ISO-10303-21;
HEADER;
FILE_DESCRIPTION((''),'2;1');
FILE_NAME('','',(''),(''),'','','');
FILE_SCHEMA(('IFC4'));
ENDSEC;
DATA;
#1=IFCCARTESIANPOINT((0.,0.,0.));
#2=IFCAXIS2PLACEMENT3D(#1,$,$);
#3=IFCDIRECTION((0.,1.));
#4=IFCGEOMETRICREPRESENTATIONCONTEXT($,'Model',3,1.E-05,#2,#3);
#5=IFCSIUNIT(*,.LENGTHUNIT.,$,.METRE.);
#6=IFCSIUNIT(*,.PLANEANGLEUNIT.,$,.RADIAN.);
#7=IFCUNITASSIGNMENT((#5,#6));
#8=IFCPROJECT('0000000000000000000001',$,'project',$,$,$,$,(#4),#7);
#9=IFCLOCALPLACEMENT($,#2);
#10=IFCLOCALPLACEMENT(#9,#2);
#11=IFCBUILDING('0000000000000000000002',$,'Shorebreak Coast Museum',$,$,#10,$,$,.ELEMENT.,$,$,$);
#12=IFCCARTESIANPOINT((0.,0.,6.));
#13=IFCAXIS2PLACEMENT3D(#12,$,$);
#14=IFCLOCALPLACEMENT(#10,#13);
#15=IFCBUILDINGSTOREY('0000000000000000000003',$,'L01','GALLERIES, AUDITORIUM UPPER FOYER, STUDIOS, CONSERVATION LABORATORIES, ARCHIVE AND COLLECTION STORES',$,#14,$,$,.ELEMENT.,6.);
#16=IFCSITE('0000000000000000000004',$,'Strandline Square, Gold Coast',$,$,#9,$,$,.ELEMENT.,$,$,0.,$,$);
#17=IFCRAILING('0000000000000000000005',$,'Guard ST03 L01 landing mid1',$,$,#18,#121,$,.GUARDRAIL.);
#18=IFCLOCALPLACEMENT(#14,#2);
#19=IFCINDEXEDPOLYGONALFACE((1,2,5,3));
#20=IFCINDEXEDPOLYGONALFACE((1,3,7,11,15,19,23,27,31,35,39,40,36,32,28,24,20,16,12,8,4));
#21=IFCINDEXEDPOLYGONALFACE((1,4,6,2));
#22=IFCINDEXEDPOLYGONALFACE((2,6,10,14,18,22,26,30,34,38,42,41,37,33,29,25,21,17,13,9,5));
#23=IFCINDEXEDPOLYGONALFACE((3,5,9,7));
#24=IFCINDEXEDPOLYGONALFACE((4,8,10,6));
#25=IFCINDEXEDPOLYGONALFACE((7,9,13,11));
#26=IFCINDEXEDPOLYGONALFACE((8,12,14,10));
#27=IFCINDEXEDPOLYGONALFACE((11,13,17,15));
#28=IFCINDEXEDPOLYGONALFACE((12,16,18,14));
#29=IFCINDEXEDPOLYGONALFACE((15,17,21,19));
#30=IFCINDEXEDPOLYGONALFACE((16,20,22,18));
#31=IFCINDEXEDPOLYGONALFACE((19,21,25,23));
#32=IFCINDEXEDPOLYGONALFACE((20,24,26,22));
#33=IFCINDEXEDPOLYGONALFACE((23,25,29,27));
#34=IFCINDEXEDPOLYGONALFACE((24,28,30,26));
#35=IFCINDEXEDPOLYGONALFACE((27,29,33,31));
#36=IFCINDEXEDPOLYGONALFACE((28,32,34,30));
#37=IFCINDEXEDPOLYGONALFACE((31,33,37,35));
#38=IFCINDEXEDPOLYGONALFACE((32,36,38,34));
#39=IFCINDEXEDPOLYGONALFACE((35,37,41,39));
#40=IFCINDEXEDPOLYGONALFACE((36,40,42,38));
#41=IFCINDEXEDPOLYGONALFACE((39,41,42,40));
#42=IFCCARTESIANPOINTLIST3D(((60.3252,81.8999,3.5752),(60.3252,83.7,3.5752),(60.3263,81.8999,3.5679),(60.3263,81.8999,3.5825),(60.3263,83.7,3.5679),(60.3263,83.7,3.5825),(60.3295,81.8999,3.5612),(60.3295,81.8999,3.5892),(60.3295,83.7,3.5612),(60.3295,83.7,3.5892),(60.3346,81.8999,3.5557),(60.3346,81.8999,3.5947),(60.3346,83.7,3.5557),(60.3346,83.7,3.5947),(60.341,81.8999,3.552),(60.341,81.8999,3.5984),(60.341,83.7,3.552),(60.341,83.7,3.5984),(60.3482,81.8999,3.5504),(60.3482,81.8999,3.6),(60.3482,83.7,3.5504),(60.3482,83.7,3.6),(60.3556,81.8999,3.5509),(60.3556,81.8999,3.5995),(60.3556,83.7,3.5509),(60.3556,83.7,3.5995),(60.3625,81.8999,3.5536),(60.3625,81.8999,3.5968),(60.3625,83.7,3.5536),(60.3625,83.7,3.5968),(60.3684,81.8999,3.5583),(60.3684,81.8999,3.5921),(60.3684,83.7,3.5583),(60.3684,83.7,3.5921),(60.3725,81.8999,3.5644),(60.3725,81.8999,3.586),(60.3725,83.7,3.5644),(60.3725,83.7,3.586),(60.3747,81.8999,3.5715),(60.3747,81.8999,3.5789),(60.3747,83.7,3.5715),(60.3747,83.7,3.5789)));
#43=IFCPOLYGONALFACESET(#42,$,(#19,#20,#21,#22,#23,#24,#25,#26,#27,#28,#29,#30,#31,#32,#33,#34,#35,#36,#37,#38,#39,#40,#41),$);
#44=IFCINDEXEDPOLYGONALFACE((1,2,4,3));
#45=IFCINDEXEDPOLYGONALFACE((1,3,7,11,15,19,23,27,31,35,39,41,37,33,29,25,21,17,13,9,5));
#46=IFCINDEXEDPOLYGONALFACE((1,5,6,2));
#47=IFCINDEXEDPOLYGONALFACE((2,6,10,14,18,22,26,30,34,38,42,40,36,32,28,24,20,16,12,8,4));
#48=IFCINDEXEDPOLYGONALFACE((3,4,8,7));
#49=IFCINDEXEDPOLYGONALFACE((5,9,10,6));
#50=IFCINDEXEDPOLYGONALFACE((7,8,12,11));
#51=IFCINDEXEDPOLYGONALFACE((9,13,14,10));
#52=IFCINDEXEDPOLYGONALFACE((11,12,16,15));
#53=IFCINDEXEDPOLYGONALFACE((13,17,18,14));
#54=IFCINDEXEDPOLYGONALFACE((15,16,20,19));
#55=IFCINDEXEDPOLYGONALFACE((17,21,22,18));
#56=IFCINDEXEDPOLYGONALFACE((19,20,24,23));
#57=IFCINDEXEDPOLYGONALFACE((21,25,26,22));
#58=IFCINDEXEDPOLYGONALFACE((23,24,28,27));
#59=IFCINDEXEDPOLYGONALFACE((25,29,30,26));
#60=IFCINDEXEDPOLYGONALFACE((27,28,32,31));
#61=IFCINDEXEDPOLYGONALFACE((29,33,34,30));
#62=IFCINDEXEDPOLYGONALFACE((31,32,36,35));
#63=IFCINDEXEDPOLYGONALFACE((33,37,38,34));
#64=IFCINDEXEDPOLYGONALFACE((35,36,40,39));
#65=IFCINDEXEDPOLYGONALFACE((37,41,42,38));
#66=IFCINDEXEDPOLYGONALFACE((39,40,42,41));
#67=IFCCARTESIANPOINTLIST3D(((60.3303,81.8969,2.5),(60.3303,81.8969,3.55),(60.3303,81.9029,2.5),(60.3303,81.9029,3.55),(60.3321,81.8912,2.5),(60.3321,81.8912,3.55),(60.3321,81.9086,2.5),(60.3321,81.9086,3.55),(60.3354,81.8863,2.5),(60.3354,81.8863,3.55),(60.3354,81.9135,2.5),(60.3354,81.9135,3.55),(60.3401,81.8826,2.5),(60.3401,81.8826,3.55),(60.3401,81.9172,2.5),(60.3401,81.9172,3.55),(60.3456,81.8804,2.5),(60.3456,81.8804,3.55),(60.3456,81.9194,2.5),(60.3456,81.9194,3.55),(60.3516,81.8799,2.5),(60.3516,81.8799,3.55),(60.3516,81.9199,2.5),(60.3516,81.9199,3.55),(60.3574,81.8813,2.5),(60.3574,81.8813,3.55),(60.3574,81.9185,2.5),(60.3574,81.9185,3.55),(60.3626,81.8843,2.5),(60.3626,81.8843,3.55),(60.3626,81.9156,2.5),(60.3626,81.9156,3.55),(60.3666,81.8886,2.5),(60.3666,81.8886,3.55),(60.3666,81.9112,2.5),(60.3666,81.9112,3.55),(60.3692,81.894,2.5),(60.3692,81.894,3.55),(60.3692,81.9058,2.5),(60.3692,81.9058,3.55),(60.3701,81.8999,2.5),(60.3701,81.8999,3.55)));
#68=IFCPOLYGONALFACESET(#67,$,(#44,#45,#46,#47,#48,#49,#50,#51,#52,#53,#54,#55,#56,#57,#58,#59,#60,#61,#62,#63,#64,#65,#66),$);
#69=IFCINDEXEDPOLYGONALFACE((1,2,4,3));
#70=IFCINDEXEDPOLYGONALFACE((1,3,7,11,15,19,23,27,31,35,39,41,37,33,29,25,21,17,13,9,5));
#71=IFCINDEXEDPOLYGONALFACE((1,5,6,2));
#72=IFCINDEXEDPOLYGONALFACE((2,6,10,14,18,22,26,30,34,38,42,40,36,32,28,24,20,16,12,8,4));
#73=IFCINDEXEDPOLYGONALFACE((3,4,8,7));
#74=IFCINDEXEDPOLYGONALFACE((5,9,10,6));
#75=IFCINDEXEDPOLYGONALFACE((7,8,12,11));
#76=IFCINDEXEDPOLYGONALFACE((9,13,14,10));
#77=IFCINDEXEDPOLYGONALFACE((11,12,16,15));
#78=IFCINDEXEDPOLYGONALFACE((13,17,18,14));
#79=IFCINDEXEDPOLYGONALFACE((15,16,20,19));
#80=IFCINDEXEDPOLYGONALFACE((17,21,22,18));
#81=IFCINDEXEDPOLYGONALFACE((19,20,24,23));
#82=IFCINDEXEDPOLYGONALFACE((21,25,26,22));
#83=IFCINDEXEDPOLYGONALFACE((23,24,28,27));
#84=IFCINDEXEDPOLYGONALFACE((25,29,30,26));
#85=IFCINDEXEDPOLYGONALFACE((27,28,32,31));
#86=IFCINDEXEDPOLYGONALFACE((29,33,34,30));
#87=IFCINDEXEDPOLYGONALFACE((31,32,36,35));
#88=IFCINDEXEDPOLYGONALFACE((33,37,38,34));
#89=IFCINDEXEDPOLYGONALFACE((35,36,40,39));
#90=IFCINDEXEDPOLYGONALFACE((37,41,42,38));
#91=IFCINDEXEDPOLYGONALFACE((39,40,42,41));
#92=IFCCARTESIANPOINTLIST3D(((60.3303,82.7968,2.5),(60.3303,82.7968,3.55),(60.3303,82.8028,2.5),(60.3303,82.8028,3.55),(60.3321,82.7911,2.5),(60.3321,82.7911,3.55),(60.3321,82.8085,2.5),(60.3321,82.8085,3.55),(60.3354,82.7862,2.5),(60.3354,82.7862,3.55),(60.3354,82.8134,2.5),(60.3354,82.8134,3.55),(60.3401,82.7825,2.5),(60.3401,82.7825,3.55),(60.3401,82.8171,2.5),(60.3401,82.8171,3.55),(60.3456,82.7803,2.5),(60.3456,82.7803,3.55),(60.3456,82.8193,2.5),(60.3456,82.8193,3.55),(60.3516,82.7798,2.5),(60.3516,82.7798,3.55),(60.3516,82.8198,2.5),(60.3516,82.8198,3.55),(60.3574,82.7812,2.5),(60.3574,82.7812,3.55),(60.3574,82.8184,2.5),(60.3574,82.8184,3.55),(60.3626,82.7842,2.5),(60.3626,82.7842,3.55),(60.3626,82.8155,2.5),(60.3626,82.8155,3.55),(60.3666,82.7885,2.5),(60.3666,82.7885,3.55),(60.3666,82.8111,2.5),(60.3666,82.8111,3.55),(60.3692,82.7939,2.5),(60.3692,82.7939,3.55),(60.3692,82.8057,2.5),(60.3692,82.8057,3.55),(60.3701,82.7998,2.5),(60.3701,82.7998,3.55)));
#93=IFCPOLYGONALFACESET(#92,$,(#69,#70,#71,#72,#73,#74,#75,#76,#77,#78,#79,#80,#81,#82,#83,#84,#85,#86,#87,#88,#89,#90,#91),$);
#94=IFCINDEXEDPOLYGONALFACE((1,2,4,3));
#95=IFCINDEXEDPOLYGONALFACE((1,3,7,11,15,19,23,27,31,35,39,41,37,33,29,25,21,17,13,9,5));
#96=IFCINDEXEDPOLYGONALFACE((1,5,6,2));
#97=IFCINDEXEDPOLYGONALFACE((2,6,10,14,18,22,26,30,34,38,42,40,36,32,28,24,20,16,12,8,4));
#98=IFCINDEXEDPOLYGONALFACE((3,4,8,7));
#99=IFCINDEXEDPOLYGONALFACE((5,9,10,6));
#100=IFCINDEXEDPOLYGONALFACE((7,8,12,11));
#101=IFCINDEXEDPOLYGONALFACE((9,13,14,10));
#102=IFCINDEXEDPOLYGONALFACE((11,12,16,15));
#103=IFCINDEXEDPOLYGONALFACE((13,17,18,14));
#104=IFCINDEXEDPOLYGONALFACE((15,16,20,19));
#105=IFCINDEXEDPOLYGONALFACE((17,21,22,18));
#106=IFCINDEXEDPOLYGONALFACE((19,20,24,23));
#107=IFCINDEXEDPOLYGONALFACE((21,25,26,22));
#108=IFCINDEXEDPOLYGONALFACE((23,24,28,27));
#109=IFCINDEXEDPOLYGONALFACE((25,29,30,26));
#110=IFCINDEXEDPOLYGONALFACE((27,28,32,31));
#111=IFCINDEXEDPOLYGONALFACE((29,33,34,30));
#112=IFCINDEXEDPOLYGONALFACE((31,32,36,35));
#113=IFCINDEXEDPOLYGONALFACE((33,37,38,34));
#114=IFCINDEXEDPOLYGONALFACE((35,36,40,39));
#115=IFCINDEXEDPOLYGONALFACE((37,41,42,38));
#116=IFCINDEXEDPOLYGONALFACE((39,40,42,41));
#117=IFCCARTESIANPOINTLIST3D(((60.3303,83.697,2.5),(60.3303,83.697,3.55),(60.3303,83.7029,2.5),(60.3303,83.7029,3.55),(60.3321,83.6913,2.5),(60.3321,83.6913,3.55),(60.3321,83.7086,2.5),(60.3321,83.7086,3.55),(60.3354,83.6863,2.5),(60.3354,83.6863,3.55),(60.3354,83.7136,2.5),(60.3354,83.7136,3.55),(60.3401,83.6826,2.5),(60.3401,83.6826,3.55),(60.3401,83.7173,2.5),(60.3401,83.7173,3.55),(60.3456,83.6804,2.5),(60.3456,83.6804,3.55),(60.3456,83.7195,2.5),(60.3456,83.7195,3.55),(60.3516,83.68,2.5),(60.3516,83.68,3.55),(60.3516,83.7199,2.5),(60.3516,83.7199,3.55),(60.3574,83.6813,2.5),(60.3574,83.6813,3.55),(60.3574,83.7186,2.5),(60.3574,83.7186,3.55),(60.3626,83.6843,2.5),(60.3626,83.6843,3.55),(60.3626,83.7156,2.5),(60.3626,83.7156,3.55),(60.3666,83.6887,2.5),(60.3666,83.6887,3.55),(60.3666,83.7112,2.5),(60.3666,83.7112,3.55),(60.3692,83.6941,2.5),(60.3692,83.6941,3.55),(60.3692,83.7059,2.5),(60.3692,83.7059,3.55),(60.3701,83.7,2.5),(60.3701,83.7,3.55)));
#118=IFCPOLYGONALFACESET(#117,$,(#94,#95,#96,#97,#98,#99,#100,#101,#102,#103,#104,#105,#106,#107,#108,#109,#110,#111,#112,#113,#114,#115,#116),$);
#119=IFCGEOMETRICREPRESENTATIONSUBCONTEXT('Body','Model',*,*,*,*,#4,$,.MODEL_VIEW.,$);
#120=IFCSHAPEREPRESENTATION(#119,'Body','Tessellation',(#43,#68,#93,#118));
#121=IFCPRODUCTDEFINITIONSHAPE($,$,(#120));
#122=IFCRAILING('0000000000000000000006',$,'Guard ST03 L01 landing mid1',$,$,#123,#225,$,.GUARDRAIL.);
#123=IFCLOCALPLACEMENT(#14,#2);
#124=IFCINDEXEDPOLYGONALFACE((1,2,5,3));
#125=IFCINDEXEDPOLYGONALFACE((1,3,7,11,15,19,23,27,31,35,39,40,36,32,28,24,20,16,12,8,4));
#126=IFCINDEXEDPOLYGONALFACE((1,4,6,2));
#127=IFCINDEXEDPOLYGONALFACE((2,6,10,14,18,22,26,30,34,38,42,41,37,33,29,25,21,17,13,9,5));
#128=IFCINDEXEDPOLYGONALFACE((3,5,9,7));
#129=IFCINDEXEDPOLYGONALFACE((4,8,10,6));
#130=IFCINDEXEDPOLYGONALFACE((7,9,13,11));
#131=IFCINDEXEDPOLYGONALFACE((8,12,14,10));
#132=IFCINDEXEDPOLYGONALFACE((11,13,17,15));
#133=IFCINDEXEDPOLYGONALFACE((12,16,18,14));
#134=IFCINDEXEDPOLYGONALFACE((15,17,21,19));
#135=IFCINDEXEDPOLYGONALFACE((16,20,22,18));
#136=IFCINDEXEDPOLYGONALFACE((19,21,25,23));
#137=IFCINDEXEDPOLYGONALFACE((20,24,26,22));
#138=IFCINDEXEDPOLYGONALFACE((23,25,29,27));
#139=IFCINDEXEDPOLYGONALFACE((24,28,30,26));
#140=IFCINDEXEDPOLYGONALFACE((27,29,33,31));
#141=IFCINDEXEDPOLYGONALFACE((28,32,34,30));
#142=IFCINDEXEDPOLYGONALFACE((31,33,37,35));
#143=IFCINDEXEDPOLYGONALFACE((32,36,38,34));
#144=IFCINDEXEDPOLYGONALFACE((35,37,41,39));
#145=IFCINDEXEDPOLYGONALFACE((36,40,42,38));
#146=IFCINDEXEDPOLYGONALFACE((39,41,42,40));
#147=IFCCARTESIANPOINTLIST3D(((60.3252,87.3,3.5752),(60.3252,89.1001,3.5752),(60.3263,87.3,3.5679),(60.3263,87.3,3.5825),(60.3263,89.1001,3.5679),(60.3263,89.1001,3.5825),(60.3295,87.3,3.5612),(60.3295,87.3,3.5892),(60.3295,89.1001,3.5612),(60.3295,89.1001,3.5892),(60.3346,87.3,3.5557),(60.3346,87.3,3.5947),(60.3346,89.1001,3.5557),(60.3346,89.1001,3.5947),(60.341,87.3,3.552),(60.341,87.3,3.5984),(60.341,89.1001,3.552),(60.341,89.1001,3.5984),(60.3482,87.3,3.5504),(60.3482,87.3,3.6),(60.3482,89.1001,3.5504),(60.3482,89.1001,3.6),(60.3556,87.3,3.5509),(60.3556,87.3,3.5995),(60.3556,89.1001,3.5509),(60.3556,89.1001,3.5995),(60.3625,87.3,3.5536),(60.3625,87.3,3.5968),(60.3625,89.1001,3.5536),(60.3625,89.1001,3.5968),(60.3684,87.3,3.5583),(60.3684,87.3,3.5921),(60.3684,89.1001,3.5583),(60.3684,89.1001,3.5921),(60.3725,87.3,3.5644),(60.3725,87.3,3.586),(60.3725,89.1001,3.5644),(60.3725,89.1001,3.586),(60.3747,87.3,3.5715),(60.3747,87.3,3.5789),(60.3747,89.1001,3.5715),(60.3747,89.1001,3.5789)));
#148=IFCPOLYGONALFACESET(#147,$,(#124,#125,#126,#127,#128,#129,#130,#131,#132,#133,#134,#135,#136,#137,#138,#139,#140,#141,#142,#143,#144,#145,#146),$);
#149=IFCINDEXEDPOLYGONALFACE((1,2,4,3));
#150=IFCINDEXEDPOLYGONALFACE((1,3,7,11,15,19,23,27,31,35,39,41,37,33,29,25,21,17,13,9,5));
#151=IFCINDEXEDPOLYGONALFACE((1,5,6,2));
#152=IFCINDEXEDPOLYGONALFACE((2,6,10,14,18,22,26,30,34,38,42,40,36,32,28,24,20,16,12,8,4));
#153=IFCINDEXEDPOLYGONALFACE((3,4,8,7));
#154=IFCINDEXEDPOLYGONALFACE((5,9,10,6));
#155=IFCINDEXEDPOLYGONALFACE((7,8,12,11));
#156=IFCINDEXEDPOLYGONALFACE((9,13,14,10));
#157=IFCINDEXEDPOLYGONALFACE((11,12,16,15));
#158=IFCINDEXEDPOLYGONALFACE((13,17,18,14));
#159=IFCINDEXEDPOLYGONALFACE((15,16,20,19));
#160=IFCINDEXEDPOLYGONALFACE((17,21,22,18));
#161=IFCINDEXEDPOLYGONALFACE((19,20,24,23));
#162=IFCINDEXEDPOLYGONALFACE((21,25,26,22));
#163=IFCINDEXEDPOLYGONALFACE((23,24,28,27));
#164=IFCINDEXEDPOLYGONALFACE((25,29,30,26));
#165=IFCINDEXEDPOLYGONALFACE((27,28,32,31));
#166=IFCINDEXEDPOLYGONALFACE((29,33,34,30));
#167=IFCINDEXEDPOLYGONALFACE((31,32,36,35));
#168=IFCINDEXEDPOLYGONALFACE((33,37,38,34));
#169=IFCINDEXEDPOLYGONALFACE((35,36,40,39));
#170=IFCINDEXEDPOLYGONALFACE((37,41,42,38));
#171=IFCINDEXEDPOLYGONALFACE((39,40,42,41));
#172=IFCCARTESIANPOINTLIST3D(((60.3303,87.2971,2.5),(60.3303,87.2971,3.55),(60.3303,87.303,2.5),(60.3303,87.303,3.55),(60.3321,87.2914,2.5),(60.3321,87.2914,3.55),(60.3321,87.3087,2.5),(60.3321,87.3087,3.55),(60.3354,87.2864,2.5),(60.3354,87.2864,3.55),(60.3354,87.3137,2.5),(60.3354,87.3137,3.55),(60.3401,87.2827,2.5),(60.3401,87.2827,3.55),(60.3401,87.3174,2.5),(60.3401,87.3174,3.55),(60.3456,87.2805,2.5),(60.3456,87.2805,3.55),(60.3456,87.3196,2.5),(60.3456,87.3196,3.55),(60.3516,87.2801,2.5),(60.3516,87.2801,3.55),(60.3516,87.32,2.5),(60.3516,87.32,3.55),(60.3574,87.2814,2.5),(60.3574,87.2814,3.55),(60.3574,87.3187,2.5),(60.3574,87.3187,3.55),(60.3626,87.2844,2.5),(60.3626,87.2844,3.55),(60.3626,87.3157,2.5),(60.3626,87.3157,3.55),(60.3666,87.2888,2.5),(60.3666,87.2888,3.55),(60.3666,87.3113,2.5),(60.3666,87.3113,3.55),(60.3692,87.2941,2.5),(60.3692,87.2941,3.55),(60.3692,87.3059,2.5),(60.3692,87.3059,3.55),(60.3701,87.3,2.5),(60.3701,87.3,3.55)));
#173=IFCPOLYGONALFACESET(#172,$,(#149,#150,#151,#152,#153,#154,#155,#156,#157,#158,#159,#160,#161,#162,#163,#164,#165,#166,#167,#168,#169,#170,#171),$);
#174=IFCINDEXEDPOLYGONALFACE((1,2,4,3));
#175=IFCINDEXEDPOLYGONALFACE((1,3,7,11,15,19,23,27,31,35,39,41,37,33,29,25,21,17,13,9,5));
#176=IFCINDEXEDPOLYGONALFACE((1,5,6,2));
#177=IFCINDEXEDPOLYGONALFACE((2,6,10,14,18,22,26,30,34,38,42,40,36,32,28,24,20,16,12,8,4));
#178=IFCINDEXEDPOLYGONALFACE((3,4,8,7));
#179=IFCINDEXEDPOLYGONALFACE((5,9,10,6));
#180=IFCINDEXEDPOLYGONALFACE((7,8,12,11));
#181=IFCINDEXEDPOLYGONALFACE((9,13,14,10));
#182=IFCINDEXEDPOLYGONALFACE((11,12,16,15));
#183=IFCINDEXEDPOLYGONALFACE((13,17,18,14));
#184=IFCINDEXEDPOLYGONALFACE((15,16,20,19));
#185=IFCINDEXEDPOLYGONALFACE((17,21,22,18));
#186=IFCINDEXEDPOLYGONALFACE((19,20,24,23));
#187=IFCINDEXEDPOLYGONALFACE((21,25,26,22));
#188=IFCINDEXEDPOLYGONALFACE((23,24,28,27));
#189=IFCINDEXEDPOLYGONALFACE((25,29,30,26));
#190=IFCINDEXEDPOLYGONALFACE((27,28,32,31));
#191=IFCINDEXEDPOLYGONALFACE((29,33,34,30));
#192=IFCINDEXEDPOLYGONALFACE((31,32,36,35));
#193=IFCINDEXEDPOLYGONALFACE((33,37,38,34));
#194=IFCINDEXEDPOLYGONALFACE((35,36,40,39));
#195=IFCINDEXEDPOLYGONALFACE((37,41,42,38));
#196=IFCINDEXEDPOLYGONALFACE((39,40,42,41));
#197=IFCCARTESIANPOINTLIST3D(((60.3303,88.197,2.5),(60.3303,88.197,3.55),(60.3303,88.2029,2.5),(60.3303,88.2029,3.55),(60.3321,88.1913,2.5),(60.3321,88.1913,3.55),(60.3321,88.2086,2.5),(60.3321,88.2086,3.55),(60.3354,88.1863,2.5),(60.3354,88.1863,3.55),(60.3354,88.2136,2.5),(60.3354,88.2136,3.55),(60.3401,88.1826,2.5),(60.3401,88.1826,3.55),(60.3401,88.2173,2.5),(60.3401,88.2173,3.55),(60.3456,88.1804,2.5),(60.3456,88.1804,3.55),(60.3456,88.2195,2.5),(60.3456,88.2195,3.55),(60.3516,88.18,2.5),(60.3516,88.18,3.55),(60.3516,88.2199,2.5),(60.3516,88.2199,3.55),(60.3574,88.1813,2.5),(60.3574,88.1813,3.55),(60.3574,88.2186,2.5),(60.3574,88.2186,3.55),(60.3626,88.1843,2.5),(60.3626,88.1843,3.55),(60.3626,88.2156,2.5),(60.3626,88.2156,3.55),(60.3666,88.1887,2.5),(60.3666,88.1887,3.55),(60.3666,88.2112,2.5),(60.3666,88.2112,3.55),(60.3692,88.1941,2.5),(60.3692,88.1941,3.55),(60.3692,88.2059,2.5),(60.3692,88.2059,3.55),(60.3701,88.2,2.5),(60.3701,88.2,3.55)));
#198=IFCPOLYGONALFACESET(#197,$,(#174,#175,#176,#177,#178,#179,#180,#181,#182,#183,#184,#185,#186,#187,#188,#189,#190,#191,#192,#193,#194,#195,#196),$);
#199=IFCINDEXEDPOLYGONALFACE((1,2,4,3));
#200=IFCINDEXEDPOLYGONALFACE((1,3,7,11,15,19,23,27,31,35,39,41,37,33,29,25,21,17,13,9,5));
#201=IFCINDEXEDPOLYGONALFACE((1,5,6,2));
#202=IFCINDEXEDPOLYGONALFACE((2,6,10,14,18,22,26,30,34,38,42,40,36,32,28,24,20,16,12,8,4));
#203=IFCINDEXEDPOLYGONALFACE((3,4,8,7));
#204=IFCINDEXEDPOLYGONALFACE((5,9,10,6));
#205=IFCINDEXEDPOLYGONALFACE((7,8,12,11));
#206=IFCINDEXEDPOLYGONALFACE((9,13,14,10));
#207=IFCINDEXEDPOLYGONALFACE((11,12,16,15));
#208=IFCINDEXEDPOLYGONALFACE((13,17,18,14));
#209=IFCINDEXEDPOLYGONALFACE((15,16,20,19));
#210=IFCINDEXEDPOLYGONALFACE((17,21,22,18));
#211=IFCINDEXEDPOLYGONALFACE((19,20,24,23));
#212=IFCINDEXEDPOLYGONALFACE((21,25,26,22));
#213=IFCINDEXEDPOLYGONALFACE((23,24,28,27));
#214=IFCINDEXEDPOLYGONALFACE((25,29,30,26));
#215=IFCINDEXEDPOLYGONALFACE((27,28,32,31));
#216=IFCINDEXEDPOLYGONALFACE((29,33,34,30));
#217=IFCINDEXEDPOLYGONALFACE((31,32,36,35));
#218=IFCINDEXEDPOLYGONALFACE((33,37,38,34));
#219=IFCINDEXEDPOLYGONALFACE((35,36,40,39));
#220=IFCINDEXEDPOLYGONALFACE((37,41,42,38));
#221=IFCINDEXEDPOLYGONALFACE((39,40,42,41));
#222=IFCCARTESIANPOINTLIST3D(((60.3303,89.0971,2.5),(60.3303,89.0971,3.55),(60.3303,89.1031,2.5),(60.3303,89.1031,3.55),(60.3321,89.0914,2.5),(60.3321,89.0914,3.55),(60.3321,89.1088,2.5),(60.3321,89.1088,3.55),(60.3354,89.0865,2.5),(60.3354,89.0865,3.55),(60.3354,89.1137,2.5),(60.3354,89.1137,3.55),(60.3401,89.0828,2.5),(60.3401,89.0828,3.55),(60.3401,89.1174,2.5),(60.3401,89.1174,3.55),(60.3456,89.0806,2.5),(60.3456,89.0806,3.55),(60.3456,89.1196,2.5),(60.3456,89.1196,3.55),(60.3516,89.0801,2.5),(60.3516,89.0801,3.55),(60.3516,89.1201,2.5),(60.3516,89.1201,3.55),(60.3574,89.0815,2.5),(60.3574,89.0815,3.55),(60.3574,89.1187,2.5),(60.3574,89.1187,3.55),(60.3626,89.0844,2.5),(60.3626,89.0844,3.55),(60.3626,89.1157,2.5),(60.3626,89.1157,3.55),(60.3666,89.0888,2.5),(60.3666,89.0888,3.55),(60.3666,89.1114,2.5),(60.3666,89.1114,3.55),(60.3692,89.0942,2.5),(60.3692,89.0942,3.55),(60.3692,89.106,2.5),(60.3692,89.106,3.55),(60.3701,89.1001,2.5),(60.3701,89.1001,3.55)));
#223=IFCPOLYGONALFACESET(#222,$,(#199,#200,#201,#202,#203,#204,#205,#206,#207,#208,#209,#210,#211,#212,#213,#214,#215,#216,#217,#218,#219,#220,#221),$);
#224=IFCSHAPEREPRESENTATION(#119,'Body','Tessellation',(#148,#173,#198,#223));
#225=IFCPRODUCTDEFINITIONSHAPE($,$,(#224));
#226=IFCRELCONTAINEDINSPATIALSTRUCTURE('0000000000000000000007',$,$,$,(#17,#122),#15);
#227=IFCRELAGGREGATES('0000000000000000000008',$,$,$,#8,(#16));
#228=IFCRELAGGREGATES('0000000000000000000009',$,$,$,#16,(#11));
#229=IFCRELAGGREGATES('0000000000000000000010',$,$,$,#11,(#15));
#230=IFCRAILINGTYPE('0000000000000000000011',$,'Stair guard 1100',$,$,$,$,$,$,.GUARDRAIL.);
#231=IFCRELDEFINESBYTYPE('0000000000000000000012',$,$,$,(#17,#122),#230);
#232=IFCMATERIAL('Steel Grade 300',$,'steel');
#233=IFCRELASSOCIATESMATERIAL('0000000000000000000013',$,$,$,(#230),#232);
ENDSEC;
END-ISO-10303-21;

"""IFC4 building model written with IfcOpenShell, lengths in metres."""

from ifc_helpers import new_model, si_unit, direction, frame, origin, origin_2d, place, context, subcontext, project, spatial, circle, extrude, material, type_object, element, save


model = new_model("IFC4")

# Units and contexts
model_context = context("Model", 3, precision=1e-05, world=origin(), true_north=direction((0.0, 1.0)))
body_context = subcontext(model_context, "Body", "Model", "MODEL_VIEW")
ifc_project = project(units=[si_unit("LENGTHUNIT", "METRE"), si_unit("PLANEANGLEUNIT", "RADIAN")], contexts=[model_context])

# Site, building, storey
site_placement = place(None, origin())
site = spatial("IfcSite", under=ifc_project, at=site_placement, Name="Strandline Square, Gold Coast", CompositionType="ELEMENT", RefElevation=0.0)
building_placement = place(site_placement, origin())
building = spatial("IfcBuilding", under=site, at=building_placement, Name="Shorebreak Coast Museum", CompositionType="ELEMENT")
storey_placement = place(building_placement, frame((0.0, 0.0, 6.0)))
storey = spatial("IfcBuildingStorey", under=building, at=storey_placement, Name="L01", Description="GALLERIES, AUDITORIUM UPPER FOYER, STUDIOS, CONSERVATION LABORATORIES, ARCHIVE AND COLLECTION STORES", CompositionType="ELEMENT", Elevation=6.0)

# Railings
ifc_material_1 = material(Name="Steel Grade 300", Category="steel")
railing_type_1 = type_object("IfcRailingType", Name="Stair guard 1100", PredefinedType="GUARDRAIL", material=ifc_material_1)
for number, where, name in (
    (1, (60.3501, 81.8999, 2.5), "Guard ST03 L01 landing mid1"),
    (2, (60.3501, 87.3, 2.5), "Guard ST03 L01 landing mid1"),
):
    element("IfcRailing", number, at=place(storey_placement, frame(where)), inside=storey, type_object=railing_type_1, Name=name, PredefinedType="GUARDRAIL", context=body_context, shape_type="SweptSolid", body=[
        extrude(circle(Radius=0.0249, at=origin_2d()), frame((0.0, 0.0, 1.0752), z_axis=(0.0, 1.0, 0.0), x_axis=(-1.0, 0.0, 0.0)), (0.0, 0.0, 1.0), 1.8),
        extrude(circle(Radius=0.02, at=origin_2d()), origin(), (0.0, 0.0, 1.0), 1.05),
        extrude(circle(Radius=0.02, at=origin_2d()), frame((0.0, 0.8999, 0.0)), (0.0, 0.0, 1.0), 1.05),
        extrude(circle(Radius=0.02, at=origin_2d()), frame((0.0, 1.8, 0.0)), (0.0, 0.0, 1.0), 1.05),
    ])

save(model, "model.ifc")
